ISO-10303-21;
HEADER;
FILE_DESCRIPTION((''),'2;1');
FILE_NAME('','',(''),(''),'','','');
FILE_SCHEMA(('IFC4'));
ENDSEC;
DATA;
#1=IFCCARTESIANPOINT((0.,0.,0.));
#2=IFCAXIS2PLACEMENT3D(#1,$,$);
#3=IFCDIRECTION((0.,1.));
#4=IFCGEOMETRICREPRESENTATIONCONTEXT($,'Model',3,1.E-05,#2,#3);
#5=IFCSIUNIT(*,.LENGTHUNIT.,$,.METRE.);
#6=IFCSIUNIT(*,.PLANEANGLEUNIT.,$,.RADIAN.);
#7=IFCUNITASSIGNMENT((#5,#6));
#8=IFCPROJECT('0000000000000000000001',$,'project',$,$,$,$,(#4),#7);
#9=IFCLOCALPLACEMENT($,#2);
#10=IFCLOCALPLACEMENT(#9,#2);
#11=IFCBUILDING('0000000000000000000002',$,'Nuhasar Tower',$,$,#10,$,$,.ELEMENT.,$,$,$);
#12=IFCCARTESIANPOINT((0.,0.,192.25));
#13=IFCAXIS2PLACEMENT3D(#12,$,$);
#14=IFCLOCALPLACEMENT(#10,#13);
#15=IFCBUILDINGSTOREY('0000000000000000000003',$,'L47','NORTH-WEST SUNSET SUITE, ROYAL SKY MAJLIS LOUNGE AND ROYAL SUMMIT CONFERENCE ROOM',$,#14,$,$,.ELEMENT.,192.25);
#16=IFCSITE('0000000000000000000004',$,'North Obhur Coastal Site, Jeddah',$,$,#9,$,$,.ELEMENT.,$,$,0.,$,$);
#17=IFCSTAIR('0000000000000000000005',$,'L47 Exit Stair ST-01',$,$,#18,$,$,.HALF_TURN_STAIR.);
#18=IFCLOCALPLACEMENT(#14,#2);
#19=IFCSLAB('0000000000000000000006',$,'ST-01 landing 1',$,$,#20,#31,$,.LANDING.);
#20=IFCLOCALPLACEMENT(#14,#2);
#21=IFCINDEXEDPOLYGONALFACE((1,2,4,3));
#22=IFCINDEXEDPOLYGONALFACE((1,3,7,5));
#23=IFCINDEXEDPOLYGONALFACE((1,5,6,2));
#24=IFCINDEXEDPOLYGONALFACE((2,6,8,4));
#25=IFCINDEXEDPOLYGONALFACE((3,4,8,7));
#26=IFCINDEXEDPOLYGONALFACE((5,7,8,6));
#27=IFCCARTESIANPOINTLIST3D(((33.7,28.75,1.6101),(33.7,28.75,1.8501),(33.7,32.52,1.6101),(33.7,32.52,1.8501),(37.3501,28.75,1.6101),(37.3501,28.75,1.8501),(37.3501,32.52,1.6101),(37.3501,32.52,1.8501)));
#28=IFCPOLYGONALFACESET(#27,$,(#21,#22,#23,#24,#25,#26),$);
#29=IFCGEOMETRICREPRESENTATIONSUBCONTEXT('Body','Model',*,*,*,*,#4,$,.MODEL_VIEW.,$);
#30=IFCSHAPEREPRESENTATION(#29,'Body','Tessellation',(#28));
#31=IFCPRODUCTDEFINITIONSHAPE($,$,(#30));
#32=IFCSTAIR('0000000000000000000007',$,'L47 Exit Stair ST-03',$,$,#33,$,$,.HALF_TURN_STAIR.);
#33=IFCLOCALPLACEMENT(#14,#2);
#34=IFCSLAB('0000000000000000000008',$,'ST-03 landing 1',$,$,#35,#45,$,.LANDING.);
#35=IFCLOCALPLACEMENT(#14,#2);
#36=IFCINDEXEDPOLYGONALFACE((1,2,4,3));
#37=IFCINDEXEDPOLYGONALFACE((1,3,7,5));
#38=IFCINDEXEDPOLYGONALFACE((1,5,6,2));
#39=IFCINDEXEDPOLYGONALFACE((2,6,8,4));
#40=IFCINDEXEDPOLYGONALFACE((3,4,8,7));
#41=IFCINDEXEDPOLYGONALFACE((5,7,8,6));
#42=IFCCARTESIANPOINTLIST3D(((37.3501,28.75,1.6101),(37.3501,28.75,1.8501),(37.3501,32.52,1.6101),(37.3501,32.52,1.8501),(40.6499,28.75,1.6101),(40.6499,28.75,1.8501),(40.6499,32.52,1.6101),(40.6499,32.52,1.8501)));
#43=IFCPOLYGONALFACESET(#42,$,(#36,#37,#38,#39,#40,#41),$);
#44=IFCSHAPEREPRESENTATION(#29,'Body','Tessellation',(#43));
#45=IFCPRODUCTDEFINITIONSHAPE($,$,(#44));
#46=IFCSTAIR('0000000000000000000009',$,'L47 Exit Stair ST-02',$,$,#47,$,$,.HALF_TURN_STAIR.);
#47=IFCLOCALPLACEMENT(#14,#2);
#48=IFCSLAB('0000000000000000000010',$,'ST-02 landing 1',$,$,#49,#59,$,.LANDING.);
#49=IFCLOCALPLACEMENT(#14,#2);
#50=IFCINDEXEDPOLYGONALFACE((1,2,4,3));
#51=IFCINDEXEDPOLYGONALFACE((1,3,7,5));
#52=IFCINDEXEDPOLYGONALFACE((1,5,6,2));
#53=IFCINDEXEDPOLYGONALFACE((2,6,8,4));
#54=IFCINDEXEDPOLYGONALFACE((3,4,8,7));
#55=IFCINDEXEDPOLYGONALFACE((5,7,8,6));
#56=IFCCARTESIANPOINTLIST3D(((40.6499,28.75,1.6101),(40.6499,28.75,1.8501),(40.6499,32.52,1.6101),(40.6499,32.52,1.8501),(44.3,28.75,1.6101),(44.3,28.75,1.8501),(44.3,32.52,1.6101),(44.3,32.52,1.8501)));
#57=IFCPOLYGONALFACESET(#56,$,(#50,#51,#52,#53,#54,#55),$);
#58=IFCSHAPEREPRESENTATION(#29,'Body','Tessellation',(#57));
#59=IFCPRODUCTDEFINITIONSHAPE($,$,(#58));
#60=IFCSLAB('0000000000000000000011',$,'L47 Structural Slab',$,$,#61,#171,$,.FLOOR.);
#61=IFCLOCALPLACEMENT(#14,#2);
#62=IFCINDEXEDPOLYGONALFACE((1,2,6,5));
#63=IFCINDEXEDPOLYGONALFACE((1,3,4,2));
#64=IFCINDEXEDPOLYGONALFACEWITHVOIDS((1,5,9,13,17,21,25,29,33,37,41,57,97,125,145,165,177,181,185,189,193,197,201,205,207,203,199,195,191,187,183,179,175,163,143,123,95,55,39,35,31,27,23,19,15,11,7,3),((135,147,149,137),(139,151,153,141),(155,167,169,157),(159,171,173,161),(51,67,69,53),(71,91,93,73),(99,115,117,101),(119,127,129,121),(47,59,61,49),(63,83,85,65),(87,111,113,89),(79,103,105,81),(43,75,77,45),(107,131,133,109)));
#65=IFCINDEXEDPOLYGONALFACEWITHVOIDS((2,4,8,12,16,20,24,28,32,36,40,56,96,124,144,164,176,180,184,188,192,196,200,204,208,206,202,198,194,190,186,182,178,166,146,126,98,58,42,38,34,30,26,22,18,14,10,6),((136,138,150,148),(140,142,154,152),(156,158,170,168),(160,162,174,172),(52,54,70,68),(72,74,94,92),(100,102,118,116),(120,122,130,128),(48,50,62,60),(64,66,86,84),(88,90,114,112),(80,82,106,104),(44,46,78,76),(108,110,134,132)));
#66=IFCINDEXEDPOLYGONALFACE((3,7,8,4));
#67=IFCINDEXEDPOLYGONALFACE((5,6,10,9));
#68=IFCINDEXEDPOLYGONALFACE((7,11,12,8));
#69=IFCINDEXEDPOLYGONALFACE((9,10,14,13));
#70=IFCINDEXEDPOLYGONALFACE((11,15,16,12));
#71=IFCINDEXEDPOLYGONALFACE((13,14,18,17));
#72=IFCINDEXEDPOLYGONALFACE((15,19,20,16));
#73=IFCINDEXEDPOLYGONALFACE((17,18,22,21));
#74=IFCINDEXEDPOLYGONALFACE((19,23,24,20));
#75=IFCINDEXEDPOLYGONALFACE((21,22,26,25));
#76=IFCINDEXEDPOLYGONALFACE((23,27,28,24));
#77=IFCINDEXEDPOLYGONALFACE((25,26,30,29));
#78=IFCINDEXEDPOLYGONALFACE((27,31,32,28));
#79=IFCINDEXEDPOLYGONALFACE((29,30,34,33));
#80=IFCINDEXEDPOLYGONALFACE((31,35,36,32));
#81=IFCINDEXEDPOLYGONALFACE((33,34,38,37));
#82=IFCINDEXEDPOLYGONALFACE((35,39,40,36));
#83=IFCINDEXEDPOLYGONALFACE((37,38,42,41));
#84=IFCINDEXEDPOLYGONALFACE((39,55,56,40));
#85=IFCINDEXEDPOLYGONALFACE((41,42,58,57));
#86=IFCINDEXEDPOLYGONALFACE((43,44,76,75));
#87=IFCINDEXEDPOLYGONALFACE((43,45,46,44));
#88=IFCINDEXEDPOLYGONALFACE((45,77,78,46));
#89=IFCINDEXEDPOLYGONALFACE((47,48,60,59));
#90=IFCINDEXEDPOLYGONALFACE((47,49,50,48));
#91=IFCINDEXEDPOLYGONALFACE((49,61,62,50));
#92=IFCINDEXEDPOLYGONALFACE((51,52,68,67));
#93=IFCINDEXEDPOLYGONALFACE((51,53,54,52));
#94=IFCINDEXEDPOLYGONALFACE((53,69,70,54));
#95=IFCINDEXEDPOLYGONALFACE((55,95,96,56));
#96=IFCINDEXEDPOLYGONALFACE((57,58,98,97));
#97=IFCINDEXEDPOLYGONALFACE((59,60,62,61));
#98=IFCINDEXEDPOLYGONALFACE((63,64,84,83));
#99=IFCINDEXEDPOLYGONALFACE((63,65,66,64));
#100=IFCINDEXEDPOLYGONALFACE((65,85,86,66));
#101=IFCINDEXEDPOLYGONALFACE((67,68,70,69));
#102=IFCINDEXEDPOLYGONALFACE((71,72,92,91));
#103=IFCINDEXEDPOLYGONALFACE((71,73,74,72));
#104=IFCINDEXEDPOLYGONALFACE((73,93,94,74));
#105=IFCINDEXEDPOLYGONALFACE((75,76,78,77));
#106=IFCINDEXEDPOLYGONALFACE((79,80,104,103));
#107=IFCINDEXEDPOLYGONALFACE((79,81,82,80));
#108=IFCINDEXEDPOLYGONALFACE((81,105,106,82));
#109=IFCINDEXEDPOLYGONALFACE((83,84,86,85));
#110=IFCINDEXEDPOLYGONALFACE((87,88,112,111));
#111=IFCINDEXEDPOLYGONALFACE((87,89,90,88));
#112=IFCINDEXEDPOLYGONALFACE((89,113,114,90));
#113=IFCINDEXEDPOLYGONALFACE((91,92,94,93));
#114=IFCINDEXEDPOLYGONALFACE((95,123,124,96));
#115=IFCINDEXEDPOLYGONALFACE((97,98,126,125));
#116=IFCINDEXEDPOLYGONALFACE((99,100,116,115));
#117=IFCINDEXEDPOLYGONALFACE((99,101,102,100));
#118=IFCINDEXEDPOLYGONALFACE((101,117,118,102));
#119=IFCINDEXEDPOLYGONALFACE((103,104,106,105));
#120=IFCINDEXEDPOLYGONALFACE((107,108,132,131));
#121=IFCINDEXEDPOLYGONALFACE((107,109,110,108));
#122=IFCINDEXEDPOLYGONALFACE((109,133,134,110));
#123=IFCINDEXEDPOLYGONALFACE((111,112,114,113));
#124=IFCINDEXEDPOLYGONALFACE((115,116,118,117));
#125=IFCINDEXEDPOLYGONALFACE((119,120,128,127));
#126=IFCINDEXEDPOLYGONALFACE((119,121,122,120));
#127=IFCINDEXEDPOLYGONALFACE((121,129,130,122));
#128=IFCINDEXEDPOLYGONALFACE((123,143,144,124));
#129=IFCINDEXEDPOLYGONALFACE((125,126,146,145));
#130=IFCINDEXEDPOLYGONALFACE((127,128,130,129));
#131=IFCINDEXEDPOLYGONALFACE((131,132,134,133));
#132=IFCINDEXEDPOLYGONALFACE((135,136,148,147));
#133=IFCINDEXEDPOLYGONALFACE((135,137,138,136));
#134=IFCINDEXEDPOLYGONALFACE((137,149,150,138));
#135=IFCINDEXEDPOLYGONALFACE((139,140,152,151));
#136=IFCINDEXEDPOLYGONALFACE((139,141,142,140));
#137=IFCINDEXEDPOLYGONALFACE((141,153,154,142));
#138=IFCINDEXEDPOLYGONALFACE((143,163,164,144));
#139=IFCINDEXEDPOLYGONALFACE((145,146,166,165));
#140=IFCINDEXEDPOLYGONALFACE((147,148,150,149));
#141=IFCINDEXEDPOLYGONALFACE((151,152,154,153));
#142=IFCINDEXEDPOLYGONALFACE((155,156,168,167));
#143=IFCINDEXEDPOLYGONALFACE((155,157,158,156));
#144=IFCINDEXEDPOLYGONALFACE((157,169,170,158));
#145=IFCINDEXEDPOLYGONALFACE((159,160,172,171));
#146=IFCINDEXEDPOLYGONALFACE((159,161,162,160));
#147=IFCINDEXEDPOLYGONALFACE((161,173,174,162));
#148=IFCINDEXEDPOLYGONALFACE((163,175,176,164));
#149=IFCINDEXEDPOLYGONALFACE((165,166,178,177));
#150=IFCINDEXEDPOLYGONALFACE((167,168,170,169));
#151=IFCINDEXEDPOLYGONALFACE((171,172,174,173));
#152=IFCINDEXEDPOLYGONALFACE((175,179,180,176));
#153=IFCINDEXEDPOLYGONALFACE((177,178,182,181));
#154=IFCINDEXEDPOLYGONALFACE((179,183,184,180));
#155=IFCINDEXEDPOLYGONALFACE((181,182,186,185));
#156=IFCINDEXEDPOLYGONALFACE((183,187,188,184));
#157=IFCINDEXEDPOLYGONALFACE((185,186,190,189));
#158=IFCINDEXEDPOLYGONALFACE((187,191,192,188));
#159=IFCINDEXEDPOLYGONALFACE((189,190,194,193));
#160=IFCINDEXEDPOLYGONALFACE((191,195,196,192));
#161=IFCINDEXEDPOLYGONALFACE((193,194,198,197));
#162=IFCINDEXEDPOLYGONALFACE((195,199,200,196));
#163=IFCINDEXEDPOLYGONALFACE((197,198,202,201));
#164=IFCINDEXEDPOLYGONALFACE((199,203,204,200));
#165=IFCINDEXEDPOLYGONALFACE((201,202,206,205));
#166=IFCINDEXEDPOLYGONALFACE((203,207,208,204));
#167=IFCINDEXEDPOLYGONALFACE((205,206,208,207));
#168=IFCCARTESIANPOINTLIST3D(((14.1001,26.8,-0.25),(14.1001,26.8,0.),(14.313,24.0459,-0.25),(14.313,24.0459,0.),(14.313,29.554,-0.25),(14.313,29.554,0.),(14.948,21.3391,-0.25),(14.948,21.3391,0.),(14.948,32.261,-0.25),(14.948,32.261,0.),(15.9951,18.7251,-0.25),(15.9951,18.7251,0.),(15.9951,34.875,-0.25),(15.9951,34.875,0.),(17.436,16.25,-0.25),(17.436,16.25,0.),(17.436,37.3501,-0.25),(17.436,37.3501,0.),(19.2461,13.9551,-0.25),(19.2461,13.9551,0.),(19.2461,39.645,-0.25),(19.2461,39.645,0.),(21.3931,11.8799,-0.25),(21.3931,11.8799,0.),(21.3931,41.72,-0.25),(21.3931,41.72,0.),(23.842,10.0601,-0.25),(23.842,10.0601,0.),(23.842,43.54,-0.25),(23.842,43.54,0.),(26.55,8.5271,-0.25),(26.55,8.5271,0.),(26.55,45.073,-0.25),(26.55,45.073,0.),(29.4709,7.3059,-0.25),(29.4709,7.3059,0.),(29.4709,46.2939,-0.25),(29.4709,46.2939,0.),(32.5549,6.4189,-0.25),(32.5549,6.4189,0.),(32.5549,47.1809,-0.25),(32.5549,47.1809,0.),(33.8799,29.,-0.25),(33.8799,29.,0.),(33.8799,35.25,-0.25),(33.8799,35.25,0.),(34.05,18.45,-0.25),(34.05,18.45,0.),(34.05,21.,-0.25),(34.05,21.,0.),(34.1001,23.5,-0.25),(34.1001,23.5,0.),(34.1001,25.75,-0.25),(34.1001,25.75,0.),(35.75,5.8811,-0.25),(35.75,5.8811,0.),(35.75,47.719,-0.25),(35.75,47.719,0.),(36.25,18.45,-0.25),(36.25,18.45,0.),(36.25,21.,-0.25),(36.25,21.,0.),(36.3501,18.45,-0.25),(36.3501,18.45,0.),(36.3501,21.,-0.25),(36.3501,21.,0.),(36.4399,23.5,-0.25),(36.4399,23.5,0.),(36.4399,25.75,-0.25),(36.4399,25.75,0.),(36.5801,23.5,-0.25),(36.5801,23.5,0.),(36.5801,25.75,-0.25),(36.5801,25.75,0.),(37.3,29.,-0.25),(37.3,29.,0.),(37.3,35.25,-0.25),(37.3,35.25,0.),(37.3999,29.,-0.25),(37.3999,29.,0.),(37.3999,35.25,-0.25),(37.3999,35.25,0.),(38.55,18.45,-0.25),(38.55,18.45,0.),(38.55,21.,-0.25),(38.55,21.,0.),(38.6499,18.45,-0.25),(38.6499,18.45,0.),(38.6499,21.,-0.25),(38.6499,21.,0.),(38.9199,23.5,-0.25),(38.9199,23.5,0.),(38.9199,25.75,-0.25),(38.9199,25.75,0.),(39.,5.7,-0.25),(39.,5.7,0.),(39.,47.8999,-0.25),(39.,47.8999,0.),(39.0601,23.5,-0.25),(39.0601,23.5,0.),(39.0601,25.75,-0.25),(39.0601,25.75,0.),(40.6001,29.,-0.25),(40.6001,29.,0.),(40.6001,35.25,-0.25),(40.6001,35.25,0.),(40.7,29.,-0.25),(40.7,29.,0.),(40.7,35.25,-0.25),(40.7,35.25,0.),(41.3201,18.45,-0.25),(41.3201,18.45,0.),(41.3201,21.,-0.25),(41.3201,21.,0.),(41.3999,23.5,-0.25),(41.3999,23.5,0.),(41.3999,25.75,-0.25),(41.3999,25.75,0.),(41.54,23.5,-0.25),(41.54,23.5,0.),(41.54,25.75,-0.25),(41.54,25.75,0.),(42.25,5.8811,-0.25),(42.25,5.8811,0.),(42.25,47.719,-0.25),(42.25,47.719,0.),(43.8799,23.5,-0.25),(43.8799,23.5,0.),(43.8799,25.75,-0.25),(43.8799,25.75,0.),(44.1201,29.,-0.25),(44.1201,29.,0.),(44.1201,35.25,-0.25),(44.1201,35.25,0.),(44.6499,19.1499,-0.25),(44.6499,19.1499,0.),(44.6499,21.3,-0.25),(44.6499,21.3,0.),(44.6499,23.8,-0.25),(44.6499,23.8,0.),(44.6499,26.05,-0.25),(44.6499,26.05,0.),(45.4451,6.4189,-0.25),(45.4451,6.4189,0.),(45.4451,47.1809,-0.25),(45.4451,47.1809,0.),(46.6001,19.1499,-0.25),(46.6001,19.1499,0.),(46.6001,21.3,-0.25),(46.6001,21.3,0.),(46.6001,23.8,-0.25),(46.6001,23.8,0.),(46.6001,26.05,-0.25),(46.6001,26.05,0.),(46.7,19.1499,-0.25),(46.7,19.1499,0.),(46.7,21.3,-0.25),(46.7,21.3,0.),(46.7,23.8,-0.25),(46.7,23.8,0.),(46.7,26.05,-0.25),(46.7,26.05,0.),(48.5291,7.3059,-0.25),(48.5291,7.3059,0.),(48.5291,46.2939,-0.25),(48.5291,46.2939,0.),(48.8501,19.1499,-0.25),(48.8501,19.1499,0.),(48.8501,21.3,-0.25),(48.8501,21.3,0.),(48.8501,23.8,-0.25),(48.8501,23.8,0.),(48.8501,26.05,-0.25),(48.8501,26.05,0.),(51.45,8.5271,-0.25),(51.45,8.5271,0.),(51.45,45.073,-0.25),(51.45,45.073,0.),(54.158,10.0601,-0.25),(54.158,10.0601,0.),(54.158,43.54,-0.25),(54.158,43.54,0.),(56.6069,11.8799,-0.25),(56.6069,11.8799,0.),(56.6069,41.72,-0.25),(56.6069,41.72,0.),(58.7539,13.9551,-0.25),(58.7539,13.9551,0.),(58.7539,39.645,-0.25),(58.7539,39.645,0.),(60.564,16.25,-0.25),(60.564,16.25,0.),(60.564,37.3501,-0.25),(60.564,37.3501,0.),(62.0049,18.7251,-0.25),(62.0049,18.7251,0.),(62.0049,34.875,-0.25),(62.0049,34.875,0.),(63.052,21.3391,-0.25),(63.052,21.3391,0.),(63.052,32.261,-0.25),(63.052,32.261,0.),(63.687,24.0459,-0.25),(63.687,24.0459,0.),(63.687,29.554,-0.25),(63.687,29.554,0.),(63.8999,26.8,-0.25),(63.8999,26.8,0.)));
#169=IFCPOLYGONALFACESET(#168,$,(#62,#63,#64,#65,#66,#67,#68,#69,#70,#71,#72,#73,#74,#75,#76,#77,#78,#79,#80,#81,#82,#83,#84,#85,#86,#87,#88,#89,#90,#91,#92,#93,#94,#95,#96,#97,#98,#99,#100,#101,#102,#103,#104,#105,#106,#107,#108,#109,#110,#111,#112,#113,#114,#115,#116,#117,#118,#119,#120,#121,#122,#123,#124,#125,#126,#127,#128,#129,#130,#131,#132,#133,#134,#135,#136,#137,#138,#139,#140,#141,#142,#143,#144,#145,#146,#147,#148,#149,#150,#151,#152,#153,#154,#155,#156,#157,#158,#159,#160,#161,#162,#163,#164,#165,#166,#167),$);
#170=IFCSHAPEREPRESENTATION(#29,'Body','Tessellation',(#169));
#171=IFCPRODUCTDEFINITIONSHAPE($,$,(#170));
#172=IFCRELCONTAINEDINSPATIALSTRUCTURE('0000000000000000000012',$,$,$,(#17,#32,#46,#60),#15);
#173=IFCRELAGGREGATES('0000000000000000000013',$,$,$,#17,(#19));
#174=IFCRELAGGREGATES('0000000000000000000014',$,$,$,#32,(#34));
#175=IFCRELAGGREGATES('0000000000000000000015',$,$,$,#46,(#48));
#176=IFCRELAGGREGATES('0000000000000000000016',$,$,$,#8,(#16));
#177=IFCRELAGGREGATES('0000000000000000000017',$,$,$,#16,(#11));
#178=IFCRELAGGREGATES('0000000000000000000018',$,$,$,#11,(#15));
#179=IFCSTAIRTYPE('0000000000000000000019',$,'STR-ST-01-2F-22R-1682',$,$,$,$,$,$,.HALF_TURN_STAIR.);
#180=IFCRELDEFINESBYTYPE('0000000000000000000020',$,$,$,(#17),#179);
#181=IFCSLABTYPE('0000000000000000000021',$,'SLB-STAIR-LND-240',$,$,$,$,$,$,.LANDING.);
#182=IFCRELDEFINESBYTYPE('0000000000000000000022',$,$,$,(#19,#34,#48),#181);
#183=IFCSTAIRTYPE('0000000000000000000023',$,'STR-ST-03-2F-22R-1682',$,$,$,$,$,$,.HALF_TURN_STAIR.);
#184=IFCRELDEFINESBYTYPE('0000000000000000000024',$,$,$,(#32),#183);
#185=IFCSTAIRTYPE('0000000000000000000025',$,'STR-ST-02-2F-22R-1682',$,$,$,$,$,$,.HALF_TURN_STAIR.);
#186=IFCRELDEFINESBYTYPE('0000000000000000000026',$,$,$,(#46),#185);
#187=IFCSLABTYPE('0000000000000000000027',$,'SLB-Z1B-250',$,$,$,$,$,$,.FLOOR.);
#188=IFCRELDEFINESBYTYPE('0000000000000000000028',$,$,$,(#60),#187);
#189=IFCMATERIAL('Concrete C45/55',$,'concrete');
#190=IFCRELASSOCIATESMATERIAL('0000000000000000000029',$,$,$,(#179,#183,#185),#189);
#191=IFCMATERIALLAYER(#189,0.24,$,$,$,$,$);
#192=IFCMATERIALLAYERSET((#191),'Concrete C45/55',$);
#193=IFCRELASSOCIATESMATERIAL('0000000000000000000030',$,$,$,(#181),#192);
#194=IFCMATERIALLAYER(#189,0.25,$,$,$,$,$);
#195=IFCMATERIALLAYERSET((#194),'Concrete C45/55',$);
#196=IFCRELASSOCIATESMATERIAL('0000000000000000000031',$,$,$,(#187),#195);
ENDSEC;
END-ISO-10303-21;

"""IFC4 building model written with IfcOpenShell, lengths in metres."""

from ifc_helpers import new_model, si_unit, direction, frame, origin, place, context, subcontext, project, spatial, polyline, outline, extrude, material, layer, layer_set, type_object, element, aggregate, save


model = new_model("IFC4")

# Units and contexts
model_context = context("Model", 3, precision=1e-05, world=origin(), true_north=direction((0.0, 1.0)))
body_context = subcontext(model_context, "Body", "Model", "MODEL_VIEW")
ifc_project = project(units=[si_unit("LENGTHUNIT", "METRE"), si_unit("PLANEANGLEUNIT", "RADIAN")], contexts=[model_context])

# Site, building, storey
site_placement = place(None, origin())
site = spatial("IfcSite", under=ifc_project, at=site_placement, Name="North Obhur Coastal Site, Jeddah", CompositionType="ELEMENT", RefElevation=0.0)
building_placement = place(site_placement, origin())
building = spatial("IfcBuilding", under=site, at=building_placement, Name="Nuhasar Tower", CompositionType="ELEMENT")
storey_placement = place(building_placement, frame((0.0, 0.0, 192.25)))
storey = spatial("IfcBuildingStorey", under=building, at=storey_placement, Name="L47", Description="NORTH-WEST SUNSET SUITE, ROYAL SKY MAJLIS LOUNGE AND ROYAL SUMMIT CONFERENCE ROOM", CompositionType="ELEMENT", Elevation=192.25)

# Stairs, slabs
ifc_material_1 = material(Name="Concrete C45/55", Category="concrete")
stair_type_1 = type_object("IfcStairType", Name="STR-ST-01-2F-22R-1682", PredefinedType="HALF_TURN_STAIR", material=ifc_material_1)
stair_1_placement = place(storey_placement, origin())
stair_1 = element("IfcStair", 1, at=stair_1_placement, inside=storey, type_object=stair_type_1, Name="L47 Exit Stair ST-01", PredefinedType="HALF_TURN_STAIR")
ifc_layer_1 = layer(ifc_material_1, 0.24)
ifc_layer_set_1 = layer_set([ifc_layer_1], Name="Concrete C45/55")
slab_type_1 = type_object("IfcSlabType", Name="SLB-STAIR-LND-240", PredefinedType="LANDING", material=ifc_layer_set_1)
slab_1_placement = place(storey_placement, frame((0.0, 0.0, 1.6101)))
slab_1 = element("IfcSlab", 2, at=slab_1_placement, type_object=slab_type_1, Name="ST-01 landing 1", PredefinedType="LANDING", context=body_context, shape_type="SweptSolid", body=[
    extrude(outline(polyline([(33.7, 28.75), (37.3501, 28.75), (37.3501, 32.52), (33.7, 32.52), (33.7, 28.75)])), origin(), (0.0, 0.0, 1.0), 0.24),
])
aggregate(stair_1, [slab_1])
stair_type_2 = type_object("IfcStairType", Name="STR-ST-03-2F-22R-1682", PredefinedType="HALF_TURN_STAIR", material=ifc_material_1)
stair_2_placement = place(storey_placement, origin())
stair_2 = element("IfcStair", 3, at=stair_2_placement, inside=storey, type_object=stair_type_2, Name="L47 Exit Stair ST-03", PredefinedType="HALF_TURN_STAIR")
slab_2_placement = place(storey_placement, frame((0.0, 0.0, 1.6101)))
slab_2 = element("IfcSlab", 4, at=slab_2_placement, type_object=slab_type_1, Name="ST-03 landing 1", PredefinedType="LANDING", context=body_context, shape_type="SweptSolid", body=[
    extrude(outline(polyline([(37.3501, 28.75), (40.6499, 28.75), (40.6499, 32.52), (37.3501, 32.52), (37.3501, 28.75)])), origin(), (0.0, 0.0, 1.0), 0.24),
])
aggregate(stair_2, [slab_2])
stair_type_3 = type_object("IfcStairType", Name="STR-ST-02-2F-22R-1682", PredefinedType="HALF_TURN_STAIR", material=ifc_material_1)
stair_3_placement = place(storey_placement, origin())
stair_3 = element("IfcStair", 5, at=stair_3_placement, inside=storey, type_object=stair_type_3, Name="L47 Exit Stair ST-02", PredefinedType="HALF_TURN_STAIR")
slab_3_placement = place(storey_placement, frame((0.0, 0.0, 1.6101)))
slab_3 = element("IfcSlab", 6, at=slab_3_placement, type_object=slab_type_1, Name="ST-02 landing 1", PredefinedType="LANDING", context=body_context, shape_type="SweptSolid", body=[
    extrude(outline(polyline([(40.6499, 28.75), (44.3, 28.75), (44.3, 32.52), (40.6499, 32.52), (40.6499, 28.75)])), origin(), (0.0, 0.0, 1.0), 0.24),
])
aggregate(stair_3, [slab_3])

# Slab
ifc_layer_2 = layer(ifc_material_1, 0.25)
ifc_layer_set_2 = layer_set([ifc_layer_2], Name="Concrete C45/55")
slab_type_2 = type_object("IfcSlabType", Name="SLB-Z1B-250", PredefinedType="FLOOR", material=ifc_layer_set_2)
slab_4_placement = place(storey_placement, frame((0.0, 0.0, -0.25)))
element("IfcSlab", 7, at=slab_4_placement, inside=storey, type_object=slab_type_2, Name="L47 Structural Slab", PredefinedType="FLOOR", context=body_context, shape_type="SweptSolid", body=[
    extrude(outline(polyline([(63.8999, 26.8), (63.687, 29.554), (63.052, 32.261), (62.0049, 34.875), (60.564, 37.3501), (58.7539, 39.645), (56.6069, 41.72), (54.158, 43.54), (51.45, 45.073), (48.5291, 46.2939), (45.4451, 47.1809), (42.25, 47.719), (39.0, 47.8999), (35.75, 47.719), (32.5549, 47.1809), (29.4709, 46.2939), (26.55, 45.073), (23.842, 43.54), (21.3931, 41.72), (19.2461, 39.645), (17.436, 37.3501), (15.9951, 34.875), (14.948, 32.261), (14.313, 29.554), (14.1001, 26.8), (14.313, 24.0459), (14.948, 21.3391), (15.9951, 18.7251), (17.436, 16.25), (19.2461, 13.9551), (21.3931, 11.8799), (23.842, 10.0601), (26.55, 8.5271), (29.4709, 7.3059), (32.5549, 6.4189), (35.75, 5.8811), (39.0, 5.7), (42.25, 5.8811), (45.4451, 6.4189), (48.5291, 7.3059), (51.45, 8.5271), (54.158, 10.0601), (56.6069, 11.8799), (58.7539, 13.9551), (60.564, 16.25), (62.0049, 18.7251), (63.052, 21.3391), (63.687, 24.0459), (63.8999, 26.8)]), holes=[polyline([(33.8799, 35.25), (37.3, 35.25), (37.3, 29.0), (33.8799, 29.0), (33.8799, 35.25)]), polyline([(37.3999, 35.25), (40.6001, 35.25), (40.6001, 29.0), (37.3999, 29.0), (37.3999, 35.25)]), polyline([(40.7, 35.25), (44.1201, 35.25), (44.1201, 29.0), (40.7, 29.0), (40.7, 35.25)]), polyline([(44.6499, 26.05), (46.6001, 26.05), (46.6001, 23.8), (44.6499, 23.8), (44.6499, 26.05)]), polyline([(46.7, 26.05), (48.8501, 26.05), (48.8501, 23.8), (46.7, 23.8), (46.7, 26.05)]), polyline([(44.6499, 21.3), (46.6001, 21.3), (46.6001, 19.1499), (44.6499, 19.1499), (44.6499, 21.3)]), polyline([(46.7, 21.3), (48.8501, 21.3), (48.8501, 19.1499), (46.7, 19.1499), (46.7, 21.3)]), polyline([(34.1001, 25.75), (36.4399, 25.75), (36.4399, 23.5), (34.1001, 23.5), (34.1001, 25.75)]), polyline([(36.5801, 25.75), (38.9199, 25.75), (38.9199, 23.5), (36.5801, 23.5), (36.5801, 25.75)]), polyline([(39.0601, 25.75), (41.3999, 25.75), (41.3999, 23.5), (39.0601, 23.5), (39.0601, 25.75)]), polyline([(41.54, 25.75), (43.8799, 25.75), (43.8799, 23.5), (41.54, 23.5), (41.54, 25.75)]), polyline([(34.05, 21.0), (36.25, 21.0), (36.25, 18.45), (34.05, 18.45), (34.05, 21.0)]), polyline([(36.3501, 21.0), (38.55, 21.0), (38.55, 18.45), (36.3501, 18.45), (36.3501, 21.0)]), polyline([(38.6499, 21.0), (41.3201, 21.0), (41.3201, 18.45), (38.6499, 18.45), (38.6499, 21.0)])]), origin(), (0.0, 0.0, 1.0), 0.25),
])

save(model, "model.ifc")
